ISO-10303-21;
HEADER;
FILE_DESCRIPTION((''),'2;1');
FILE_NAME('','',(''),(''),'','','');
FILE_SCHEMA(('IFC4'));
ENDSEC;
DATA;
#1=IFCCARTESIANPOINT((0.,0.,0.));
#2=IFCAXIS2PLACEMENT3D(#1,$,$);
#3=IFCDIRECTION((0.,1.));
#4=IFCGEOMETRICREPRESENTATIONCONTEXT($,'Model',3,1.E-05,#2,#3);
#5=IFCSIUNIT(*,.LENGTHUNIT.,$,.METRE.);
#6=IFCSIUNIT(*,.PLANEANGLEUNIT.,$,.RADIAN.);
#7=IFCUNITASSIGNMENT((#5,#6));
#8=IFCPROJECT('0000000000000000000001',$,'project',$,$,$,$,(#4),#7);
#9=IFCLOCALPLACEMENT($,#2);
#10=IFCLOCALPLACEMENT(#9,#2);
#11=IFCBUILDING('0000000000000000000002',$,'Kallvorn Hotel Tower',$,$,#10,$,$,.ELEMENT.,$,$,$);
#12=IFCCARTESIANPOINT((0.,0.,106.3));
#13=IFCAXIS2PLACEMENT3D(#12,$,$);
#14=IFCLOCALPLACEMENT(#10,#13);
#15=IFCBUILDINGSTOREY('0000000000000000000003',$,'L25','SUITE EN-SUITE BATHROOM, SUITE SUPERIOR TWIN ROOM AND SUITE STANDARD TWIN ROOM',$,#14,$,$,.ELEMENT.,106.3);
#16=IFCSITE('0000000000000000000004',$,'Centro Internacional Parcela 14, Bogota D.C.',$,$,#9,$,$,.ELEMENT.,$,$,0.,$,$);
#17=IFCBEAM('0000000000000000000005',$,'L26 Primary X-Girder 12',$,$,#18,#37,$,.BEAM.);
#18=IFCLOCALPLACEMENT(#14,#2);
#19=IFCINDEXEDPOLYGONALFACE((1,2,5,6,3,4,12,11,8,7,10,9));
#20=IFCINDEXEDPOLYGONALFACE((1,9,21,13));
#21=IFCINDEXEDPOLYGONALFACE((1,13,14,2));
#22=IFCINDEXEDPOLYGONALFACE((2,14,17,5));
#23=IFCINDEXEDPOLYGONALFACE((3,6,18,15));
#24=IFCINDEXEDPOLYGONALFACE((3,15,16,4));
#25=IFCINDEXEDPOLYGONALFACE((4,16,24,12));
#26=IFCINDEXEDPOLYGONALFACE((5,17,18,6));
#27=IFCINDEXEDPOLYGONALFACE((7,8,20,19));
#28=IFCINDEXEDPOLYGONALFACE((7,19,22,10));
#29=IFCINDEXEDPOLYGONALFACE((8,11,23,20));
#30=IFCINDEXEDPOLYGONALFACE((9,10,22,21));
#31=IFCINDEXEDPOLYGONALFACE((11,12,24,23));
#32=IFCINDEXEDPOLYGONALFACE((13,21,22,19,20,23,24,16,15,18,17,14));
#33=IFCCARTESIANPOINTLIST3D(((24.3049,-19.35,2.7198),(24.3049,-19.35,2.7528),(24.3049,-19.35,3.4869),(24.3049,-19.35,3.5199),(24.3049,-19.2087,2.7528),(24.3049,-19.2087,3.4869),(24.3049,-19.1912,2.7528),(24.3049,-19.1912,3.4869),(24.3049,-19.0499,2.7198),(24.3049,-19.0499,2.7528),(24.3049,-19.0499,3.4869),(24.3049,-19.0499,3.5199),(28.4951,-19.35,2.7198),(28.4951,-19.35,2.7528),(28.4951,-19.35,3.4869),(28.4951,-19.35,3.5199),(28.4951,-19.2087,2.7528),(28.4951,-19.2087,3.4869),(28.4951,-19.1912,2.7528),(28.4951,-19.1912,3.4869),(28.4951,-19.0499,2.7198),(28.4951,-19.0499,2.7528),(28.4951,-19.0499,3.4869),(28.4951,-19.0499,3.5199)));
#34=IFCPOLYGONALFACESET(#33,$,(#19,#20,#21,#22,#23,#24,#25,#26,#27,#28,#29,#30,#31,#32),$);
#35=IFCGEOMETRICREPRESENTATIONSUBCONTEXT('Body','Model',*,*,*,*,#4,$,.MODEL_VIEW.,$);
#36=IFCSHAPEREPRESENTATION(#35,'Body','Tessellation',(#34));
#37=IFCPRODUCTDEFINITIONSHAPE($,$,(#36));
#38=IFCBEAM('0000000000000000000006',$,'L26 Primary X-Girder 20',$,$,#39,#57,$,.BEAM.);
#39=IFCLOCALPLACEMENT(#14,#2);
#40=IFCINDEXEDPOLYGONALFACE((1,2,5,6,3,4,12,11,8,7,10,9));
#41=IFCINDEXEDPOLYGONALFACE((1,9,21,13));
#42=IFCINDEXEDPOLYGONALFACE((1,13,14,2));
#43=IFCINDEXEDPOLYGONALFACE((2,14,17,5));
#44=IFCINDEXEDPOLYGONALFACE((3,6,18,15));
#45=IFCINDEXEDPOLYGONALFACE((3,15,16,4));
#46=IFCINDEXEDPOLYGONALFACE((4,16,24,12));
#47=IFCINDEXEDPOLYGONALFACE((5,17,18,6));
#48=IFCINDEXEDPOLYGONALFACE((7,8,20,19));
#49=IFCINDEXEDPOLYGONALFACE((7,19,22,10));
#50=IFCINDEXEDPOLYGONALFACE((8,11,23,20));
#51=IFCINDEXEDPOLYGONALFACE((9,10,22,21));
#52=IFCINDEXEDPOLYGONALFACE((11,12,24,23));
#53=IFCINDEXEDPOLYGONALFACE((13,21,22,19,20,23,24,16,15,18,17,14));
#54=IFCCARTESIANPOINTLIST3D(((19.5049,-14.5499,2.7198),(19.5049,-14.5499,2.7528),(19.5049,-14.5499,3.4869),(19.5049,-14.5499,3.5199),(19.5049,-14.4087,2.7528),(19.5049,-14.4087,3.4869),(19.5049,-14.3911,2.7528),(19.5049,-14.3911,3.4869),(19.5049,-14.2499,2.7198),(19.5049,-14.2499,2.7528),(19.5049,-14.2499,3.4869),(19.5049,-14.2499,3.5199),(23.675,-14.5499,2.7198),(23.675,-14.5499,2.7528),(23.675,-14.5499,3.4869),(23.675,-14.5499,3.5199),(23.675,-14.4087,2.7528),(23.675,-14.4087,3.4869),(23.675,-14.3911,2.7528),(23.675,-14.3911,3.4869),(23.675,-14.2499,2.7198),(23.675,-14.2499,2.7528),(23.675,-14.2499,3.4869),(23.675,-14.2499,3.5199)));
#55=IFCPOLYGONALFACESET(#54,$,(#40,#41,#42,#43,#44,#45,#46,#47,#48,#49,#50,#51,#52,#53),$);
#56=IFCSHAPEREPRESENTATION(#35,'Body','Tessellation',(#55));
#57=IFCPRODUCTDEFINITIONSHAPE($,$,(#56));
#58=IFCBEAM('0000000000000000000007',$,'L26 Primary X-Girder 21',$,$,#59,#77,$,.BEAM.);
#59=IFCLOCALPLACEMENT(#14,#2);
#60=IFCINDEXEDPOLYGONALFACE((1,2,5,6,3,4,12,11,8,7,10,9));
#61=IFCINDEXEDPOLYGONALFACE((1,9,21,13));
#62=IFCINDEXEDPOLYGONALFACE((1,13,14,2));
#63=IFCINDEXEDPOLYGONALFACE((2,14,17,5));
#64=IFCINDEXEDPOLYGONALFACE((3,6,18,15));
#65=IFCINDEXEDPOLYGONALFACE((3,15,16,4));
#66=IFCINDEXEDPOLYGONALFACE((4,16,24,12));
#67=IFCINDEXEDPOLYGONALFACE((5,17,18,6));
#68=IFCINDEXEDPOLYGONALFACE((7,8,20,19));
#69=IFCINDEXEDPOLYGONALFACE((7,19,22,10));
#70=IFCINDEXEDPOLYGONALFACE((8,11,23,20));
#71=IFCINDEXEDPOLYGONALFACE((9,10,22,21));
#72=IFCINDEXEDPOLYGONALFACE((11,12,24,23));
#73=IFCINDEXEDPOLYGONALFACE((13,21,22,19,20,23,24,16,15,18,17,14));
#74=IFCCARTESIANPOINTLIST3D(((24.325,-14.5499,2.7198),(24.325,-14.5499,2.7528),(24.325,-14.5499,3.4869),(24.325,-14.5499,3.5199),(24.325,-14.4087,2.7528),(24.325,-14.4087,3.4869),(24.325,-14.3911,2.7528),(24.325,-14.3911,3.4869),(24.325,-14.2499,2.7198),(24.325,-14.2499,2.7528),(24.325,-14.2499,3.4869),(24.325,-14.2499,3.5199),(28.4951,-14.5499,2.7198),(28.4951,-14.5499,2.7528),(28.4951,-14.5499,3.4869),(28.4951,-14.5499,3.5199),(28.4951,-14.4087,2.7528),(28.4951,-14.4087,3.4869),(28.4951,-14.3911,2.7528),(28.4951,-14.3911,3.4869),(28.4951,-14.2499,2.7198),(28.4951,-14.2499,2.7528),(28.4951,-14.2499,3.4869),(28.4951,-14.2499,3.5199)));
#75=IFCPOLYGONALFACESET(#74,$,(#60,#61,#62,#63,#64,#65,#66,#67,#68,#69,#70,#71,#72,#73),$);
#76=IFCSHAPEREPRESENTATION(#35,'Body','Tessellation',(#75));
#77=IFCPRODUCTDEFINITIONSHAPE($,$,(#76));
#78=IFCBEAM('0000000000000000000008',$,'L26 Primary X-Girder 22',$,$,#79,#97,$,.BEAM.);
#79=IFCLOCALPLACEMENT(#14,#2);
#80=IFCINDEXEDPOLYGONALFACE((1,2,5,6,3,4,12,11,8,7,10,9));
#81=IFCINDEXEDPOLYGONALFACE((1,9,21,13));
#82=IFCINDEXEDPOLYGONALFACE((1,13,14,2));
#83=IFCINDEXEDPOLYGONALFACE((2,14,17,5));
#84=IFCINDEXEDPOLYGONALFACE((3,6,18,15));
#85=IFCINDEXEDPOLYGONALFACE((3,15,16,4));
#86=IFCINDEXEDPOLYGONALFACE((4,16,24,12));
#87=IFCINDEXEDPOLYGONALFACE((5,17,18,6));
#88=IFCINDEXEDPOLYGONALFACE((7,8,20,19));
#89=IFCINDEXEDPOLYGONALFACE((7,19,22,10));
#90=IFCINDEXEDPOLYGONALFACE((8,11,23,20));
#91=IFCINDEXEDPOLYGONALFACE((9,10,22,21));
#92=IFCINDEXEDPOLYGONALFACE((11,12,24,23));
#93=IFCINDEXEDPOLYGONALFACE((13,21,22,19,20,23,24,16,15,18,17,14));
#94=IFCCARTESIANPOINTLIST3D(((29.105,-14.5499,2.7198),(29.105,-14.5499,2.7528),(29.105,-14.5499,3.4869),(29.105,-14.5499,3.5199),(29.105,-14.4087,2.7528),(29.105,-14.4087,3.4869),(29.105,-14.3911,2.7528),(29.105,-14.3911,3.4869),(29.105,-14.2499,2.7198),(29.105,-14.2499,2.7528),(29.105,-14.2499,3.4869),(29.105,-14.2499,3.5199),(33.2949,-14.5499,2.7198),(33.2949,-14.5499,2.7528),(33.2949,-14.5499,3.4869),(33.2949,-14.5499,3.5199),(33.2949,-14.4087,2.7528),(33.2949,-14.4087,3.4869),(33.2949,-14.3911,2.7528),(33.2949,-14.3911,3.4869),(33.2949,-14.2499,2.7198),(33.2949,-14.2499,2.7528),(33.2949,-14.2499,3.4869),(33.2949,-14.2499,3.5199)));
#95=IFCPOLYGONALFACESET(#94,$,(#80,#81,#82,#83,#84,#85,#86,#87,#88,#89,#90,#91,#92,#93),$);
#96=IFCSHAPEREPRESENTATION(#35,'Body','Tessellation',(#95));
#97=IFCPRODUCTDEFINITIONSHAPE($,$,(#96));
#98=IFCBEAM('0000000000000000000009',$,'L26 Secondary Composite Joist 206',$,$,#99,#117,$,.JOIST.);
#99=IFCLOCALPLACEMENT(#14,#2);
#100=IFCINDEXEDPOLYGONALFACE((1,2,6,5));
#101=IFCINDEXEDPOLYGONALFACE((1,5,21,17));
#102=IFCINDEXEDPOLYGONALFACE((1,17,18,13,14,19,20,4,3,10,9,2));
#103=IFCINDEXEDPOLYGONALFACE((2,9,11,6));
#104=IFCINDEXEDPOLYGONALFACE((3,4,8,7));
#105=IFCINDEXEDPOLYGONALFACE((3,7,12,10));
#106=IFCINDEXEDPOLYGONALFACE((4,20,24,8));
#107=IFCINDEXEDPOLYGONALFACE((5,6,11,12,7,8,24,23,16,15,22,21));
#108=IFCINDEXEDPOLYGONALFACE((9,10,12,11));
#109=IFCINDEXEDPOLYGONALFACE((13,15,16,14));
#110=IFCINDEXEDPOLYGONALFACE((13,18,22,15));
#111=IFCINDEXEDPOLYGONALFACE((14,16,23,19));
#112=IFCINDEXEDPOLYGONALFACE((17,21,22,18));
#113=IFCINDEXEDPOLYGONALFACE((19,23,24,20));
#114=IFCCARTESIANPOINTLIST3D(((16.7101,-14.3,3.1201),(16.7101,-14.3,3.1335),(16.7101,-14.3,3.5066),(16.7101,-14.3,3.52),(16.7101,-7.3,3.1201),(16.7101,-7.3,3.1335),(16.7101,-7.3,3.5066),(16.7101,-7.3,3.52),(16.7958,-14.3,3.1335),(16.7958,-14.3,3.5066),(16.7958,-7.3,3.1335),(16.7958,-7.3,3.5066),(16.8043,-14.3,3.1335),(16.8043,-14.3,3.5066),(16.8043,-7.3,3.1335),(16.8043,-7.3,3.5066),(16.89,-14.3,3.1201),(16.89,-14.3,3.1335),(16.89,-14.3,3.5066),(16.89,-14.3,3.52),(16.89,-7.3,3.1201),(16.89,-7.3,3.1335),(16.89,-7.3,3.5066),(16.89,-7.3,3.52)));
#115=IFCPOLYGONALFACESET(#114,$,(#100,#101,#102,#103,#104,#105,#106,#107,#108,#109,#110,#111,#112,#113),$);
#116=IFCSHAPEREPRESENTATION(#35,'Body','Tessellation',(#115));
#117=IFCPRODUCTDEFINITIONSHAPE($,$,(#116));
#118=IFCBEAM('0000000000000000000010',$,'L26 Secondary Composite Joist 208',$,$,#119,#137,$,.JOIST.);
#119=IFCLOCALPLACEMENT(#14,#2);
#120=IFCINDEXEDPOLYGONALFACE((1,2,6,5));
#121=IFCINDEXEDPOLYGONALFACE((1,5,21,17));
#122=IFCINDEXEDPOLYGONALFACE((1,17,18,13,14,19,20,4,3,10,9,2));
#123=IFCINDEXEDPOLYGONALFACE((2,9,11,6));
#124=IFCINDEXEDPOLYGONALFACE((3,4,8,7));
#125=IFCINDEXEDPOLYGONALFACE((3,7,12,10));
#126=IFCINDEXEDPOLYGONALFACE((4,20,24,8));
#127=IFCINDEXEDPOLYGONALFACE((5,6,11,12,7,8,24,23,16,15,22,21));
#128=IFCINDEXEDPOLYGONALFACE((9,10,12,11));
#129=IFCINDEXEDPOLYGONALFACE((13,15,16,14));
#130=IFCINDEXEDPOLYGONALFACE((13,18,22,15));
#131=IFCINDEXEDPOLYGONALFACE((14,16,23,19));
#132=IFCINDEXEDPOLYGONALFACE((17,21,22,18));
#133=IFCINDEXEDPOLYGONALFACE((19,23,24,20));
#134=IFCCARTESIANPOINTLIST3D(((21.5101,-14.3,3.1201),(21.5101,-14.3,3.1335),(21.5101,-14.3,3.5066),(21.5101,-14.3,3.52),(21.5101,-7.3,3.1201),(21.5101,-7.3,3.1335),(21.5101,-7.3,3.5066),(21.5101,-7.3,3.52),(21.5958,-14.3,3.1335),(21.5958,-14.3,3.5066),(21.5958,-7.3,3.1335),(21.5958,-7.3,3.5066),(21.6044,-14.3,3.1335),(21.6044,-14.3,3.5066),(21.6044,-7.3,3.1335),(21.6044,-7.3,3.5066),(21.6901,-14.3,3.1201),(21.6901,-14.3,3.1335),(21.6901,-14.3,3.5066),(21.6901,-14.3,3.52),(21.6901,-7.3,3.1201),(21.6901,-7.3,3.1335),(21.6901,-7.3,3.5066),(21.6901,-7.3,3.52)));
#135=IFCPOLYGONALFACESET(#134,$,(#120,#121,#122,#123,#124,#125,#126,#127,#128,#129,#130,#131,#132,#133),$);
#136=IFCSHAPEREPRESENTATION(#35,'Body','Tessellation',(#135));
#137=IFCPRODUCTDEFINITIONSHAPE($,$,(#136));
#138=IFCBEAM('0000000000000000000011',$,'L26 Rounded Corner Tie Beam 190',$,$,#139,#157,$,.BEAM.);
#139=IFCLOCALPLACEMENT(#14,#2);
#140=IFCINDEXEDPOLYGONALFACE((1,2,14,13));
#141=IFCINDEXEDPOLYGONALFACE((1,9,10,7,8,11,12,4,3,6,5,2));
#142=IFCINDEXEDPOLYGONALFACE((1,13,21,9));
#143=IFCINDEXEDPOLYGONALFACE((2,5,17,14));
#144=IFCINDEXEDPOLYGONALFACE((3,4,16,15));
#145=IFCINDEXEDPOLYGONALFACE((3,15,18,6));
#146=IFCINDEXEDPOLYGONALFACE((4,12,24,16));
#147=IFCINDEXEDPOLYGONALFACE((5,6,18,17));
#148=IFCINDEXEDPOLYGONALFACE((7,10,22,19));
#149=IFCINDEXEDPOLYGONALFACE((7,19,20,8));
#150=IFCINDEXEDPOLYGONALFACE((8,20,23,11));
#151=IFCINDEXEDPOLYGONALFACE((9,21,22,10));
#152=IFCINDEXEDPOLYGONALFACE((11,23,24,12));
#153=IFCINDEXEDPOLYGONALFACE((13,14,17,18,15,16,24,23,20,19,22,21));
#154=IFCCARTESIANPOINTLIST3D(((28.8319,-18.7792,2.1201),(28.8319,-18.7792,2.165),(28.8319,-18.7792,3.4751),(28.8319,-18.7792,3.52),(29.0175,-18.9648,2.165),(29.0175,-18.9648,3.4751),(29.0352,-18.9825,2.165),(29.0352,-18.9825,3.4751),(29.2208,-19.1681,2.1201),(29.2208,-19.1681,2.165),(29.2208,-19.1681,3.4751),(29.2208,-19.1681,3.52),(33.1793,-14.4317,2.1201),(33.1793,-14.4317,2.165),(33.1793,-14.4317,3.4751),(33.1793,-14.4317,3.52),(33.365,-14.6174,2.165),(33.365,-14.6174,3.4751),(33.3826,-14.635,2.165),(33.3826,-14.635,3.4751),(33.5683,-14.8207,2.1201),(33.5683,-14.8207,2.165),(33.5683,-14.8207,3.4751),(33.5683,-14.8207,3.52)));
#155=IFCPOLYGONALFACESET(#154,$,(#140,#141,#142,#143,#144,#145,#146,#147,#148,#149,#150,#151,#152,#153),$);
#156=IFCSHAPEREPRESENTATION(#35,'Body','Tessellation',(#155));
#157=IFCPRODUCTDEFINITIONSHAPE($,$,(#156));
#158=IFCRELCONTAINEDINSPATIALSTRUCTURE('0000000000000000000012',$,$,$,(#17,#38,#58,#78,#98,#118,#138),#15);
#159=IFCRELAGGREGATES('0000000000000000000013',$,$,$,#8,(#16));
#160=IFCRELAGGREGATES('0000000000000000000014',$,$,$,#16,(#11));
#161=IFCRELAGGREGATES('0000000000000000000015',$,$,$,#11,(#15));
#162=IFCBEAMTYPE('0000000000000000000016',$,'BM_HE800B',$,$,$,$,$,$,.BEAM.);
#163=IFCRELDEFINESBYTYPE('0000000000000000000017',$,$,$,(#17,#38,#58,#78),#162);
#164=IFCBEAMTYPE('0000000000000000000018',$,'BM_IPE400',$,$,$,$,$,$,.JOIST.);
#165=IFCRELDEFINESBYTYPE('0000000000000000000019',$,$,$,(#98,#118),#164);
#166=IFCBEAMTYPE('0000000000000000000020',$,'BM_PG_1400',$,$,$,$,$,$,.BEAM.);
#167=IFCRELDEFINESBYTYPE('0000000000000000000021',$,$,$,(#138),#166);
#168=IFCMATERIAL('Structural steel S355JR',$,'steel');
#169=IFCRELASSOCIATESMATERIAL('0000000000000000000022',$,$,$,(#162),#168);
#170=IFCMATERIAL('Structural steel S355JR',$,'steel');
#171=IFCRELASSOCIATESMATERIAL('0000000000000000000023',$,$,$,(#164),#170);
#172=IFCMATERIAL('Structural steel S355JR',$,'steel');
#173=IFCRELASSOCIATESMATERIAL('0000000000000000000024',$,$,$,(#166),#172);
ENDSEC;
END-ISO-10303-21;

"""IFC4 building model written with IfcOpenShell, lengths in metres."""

from ifc_helpers import new_model, si_unit, direction, frame, origin, origin_2d, place, context, subcontext, project, spatial, i_section, extrude, material, material_profile, profile_set, type_object, element, save


model = new_model("IFC4")

# Units and contexts
model_context = context("Model", 3, precision=1e-05, world=origin(), true_north=direction((0.0, 1.0)))
body_context = subcontext(model_context, "Body", "Model", "MODEL_VIEW")
ifc_project = project(units=[si_unit("LENGTHUNIT", "METRE"), si_unit("PLANEANGLEUNIT", "RADIAN")], contexts=[model_context])

# Site, building, storey
site_placement = place(None, origin())
site = spatial("IfcSite", under=ifc_project, at=site_placement, Name="Centro Internacional Parcela 14, Bogota D.C.", CompositionType="ELEMENT", RefElevation=0.0)
building_placement = place(site_placement, origin())
building = spatial("IfcBuilding", under=site, at=building_placement, Name="Kallvorn Hotel Tower", CompositionType="ELEMENT")
storey_placement = place(building_placement, frame((0.0, 0.0, 106.3)))
storey = spatial("IfcBuildingStorey", under=building, at=storey_placement, Name="L25", Description="SUITE EN-SUITE BATHROOM, SUITE SUPERIOR TWIN ROOM AND SUITE STANDARD TWIN ROOM", CompositionType="ELEMENT", Elevation=106.3)

# Beams
ifc_material_1 = material(Name="Structural steel S355JR", Category="steel")
ifc_material_profile_1 = material_profile(ifc_material_1, i_section(OverallWidth=0.3, OverallDepth=0.8, WebThickness=0.0176, FlangeThickness=0.033, at=origin_2d()), Name="HE 800 B")
ifc_profile_set_1 = profile_set([ifc_material_profile_1], Name="Structural steel S355JR")
beam_type_1 = type_object("IfcBeamType", Name="BM_HE800B", PredefinedType="BEAM", material=ifc_profile_set_1)
for number, where, z_axis, x_axis, name in (
    (1, (24.3049, -19.2, 3.1199), (1.0, 0.0, 0.0), (0.0, 1.0, 0.0), "L26 Primary X-Girder 12"),
):
    element("IfcBeam", number, at=place(storey_placement, frame(where, z_axis=z_axis, x_axis=x_axis)), inside=storey, type_object=beam_type_1, Name=name, PredefinedType="BEAM", context=body_context, shape_type="SweptSolid", body=[
        extrude(i_section(OverallWidth=0.3, OverallDepth=0.8, WebThickness=0.0176, FlangeThickness=0.033, at=origin_2d()), origin(), (0.0, 0.0, 1.0), 4.1902),
    ])
for number, where, z_axis, x_axis, name in (
    (2, (19.5049, -14.3999, 3.1199), (1.0, 0.0, 0.0), (0.0, 1.0, 0.0), "L26 Primary X-Girder 20"),
    (3, (24.325, -14.3999, 3.1199), (1.0, 0.0, 0.0), (0.0, 1.0, 0.0), "L26 Primary X-Girder 21"),
):
    element("IfcBeam", number, at=place(storey_placement, frame(where, z_axis=z_axis, x_axis=x_axis)), inside=storey, type_object=beam_type_1, Name=name, PredefinedType="BEAM", context=body_context, shape_type="SweptSolid", body=[
        extrude(i_section(OverallWidth=0.3, OverallDepth=0.8, WebThickness=0.0176, FlangeThickness=0.033, at=origin_2d()), origin(), (0.0, 0.0, 1.0), 4.1702),
    ])
beam_1_placement = place(storey_placement, frame((29.105, -14.3999, 3.1199), z_axis=(1.0, 0.0, 0.0), x_axis=(0.0, 1.0, 0.0)))
element("IfcBeam", 4, at=beam_1_placement, inside=storey, type_object=beam_type_1, Name="L26 Primary X-Girder 22", PredefinedType="BEAM", context=body_context, shape_type="SweptSolid", body=[
    extrude(i_section(OverallWidth=0.3, OverallDepth=0.8, WebThickness=0.0176, FlangeThickness=0.033, at=origin_2d()), origin(), (0.0, 0.0, 1.0), 4.1899),
])
ifc_material_2 = material(Name="Structural steel S355JR", Category="steel")
ifc_material_profile_2 = material_profile(ifc_material_2, i_section(OverallWidth=0.1799, OverallDepth=0.3999, WebThickness=0.0085, FlangeThickness=0.0134, at=origin_2d()), Name="IPE 400")
ifc_profile_set_2 = profile_set([ifc_material_profile_2], Name="Structural steel S355JR")
beam_type_2 = type_object("IfcBeamType", Name="BM_IPE400", PredefinedType="JOIST", material=ifc_profile_set_2)
for number, where, z_axis, x_axis, name in (
    (5, (16.8, -14.3, 3.3201), (0.0, 1.0, 0.0), (-1.0, 0.0, 0.0), "L26 Secondary Composite Joist 206"),
    (6, (21.6001, -14.3, 3.3201), (0.0, 1.0, 0.0), (-1.0, 0.0, 0.0), "L26 Secondary Composite Joist 208"),
):
    element("IfcBeam", number, at=place(storey_placement, frame(where, z_axis=z_axis, x_axis=x_axis)), inside=storey, type_object=beam_type_2, Name=name, PredefinedType="JOIST", context=body_context, shape_type="SweptSolid", body=[
        extrude(i_section(OverallWidth=0.1799, OverallDepth=0.3999, WebThickness=0.0085, FlangeThickness=0.0134, at=origin_2d()), origin(), (0.0, 0.0, 1.0), 7.0),
    ])
ifc_material_3 = material(Name="Structural steel S355JR", Category="steel")
ifc_material_profile_3 = material_profile(ifc_material_3, i_section(OverallWidth=0.55, OverallDepth=1.3999, WebThickness=0.0249, FlangeThickness=0.0449, at=origin_2d()), Name="PG 1400x550x25x45")
ifc_profile_set_3 = profile_set([ifc_material_profile_3], Name="Structural steel S355JR")
beam_type_3 = type_object("IfcBeamType", Name="BM_PG_1400", PredefinedType="BEAM", material=ifc_profile_set_3)
beam_2_placement = place(storey_placement, frame((33.3738, -14.6262, 2.8201), z_axis=(-0.707107, -0.707107, 0.0), x_axis=(0.707107, -0.707107, 0.0)))
element("IfcBeam", 7, at=beam_2_placement, inside=storey, type_object=beam_type_3, Name="L26 Rounded Corner Tie Beam 190", PredefinedType="BEAM", context=body_context, shape_type="SweptSolid", body=[
    extrude(i_section(OverallWidth=0.55, OverallDepth=1.3999, WebThickness=0.0249, FlangeThickness=0.0449, at=origin_2d()), origin(), (0.0, 0.0, 1.0), 6.1482),
])

save(model, "model.ifc")
